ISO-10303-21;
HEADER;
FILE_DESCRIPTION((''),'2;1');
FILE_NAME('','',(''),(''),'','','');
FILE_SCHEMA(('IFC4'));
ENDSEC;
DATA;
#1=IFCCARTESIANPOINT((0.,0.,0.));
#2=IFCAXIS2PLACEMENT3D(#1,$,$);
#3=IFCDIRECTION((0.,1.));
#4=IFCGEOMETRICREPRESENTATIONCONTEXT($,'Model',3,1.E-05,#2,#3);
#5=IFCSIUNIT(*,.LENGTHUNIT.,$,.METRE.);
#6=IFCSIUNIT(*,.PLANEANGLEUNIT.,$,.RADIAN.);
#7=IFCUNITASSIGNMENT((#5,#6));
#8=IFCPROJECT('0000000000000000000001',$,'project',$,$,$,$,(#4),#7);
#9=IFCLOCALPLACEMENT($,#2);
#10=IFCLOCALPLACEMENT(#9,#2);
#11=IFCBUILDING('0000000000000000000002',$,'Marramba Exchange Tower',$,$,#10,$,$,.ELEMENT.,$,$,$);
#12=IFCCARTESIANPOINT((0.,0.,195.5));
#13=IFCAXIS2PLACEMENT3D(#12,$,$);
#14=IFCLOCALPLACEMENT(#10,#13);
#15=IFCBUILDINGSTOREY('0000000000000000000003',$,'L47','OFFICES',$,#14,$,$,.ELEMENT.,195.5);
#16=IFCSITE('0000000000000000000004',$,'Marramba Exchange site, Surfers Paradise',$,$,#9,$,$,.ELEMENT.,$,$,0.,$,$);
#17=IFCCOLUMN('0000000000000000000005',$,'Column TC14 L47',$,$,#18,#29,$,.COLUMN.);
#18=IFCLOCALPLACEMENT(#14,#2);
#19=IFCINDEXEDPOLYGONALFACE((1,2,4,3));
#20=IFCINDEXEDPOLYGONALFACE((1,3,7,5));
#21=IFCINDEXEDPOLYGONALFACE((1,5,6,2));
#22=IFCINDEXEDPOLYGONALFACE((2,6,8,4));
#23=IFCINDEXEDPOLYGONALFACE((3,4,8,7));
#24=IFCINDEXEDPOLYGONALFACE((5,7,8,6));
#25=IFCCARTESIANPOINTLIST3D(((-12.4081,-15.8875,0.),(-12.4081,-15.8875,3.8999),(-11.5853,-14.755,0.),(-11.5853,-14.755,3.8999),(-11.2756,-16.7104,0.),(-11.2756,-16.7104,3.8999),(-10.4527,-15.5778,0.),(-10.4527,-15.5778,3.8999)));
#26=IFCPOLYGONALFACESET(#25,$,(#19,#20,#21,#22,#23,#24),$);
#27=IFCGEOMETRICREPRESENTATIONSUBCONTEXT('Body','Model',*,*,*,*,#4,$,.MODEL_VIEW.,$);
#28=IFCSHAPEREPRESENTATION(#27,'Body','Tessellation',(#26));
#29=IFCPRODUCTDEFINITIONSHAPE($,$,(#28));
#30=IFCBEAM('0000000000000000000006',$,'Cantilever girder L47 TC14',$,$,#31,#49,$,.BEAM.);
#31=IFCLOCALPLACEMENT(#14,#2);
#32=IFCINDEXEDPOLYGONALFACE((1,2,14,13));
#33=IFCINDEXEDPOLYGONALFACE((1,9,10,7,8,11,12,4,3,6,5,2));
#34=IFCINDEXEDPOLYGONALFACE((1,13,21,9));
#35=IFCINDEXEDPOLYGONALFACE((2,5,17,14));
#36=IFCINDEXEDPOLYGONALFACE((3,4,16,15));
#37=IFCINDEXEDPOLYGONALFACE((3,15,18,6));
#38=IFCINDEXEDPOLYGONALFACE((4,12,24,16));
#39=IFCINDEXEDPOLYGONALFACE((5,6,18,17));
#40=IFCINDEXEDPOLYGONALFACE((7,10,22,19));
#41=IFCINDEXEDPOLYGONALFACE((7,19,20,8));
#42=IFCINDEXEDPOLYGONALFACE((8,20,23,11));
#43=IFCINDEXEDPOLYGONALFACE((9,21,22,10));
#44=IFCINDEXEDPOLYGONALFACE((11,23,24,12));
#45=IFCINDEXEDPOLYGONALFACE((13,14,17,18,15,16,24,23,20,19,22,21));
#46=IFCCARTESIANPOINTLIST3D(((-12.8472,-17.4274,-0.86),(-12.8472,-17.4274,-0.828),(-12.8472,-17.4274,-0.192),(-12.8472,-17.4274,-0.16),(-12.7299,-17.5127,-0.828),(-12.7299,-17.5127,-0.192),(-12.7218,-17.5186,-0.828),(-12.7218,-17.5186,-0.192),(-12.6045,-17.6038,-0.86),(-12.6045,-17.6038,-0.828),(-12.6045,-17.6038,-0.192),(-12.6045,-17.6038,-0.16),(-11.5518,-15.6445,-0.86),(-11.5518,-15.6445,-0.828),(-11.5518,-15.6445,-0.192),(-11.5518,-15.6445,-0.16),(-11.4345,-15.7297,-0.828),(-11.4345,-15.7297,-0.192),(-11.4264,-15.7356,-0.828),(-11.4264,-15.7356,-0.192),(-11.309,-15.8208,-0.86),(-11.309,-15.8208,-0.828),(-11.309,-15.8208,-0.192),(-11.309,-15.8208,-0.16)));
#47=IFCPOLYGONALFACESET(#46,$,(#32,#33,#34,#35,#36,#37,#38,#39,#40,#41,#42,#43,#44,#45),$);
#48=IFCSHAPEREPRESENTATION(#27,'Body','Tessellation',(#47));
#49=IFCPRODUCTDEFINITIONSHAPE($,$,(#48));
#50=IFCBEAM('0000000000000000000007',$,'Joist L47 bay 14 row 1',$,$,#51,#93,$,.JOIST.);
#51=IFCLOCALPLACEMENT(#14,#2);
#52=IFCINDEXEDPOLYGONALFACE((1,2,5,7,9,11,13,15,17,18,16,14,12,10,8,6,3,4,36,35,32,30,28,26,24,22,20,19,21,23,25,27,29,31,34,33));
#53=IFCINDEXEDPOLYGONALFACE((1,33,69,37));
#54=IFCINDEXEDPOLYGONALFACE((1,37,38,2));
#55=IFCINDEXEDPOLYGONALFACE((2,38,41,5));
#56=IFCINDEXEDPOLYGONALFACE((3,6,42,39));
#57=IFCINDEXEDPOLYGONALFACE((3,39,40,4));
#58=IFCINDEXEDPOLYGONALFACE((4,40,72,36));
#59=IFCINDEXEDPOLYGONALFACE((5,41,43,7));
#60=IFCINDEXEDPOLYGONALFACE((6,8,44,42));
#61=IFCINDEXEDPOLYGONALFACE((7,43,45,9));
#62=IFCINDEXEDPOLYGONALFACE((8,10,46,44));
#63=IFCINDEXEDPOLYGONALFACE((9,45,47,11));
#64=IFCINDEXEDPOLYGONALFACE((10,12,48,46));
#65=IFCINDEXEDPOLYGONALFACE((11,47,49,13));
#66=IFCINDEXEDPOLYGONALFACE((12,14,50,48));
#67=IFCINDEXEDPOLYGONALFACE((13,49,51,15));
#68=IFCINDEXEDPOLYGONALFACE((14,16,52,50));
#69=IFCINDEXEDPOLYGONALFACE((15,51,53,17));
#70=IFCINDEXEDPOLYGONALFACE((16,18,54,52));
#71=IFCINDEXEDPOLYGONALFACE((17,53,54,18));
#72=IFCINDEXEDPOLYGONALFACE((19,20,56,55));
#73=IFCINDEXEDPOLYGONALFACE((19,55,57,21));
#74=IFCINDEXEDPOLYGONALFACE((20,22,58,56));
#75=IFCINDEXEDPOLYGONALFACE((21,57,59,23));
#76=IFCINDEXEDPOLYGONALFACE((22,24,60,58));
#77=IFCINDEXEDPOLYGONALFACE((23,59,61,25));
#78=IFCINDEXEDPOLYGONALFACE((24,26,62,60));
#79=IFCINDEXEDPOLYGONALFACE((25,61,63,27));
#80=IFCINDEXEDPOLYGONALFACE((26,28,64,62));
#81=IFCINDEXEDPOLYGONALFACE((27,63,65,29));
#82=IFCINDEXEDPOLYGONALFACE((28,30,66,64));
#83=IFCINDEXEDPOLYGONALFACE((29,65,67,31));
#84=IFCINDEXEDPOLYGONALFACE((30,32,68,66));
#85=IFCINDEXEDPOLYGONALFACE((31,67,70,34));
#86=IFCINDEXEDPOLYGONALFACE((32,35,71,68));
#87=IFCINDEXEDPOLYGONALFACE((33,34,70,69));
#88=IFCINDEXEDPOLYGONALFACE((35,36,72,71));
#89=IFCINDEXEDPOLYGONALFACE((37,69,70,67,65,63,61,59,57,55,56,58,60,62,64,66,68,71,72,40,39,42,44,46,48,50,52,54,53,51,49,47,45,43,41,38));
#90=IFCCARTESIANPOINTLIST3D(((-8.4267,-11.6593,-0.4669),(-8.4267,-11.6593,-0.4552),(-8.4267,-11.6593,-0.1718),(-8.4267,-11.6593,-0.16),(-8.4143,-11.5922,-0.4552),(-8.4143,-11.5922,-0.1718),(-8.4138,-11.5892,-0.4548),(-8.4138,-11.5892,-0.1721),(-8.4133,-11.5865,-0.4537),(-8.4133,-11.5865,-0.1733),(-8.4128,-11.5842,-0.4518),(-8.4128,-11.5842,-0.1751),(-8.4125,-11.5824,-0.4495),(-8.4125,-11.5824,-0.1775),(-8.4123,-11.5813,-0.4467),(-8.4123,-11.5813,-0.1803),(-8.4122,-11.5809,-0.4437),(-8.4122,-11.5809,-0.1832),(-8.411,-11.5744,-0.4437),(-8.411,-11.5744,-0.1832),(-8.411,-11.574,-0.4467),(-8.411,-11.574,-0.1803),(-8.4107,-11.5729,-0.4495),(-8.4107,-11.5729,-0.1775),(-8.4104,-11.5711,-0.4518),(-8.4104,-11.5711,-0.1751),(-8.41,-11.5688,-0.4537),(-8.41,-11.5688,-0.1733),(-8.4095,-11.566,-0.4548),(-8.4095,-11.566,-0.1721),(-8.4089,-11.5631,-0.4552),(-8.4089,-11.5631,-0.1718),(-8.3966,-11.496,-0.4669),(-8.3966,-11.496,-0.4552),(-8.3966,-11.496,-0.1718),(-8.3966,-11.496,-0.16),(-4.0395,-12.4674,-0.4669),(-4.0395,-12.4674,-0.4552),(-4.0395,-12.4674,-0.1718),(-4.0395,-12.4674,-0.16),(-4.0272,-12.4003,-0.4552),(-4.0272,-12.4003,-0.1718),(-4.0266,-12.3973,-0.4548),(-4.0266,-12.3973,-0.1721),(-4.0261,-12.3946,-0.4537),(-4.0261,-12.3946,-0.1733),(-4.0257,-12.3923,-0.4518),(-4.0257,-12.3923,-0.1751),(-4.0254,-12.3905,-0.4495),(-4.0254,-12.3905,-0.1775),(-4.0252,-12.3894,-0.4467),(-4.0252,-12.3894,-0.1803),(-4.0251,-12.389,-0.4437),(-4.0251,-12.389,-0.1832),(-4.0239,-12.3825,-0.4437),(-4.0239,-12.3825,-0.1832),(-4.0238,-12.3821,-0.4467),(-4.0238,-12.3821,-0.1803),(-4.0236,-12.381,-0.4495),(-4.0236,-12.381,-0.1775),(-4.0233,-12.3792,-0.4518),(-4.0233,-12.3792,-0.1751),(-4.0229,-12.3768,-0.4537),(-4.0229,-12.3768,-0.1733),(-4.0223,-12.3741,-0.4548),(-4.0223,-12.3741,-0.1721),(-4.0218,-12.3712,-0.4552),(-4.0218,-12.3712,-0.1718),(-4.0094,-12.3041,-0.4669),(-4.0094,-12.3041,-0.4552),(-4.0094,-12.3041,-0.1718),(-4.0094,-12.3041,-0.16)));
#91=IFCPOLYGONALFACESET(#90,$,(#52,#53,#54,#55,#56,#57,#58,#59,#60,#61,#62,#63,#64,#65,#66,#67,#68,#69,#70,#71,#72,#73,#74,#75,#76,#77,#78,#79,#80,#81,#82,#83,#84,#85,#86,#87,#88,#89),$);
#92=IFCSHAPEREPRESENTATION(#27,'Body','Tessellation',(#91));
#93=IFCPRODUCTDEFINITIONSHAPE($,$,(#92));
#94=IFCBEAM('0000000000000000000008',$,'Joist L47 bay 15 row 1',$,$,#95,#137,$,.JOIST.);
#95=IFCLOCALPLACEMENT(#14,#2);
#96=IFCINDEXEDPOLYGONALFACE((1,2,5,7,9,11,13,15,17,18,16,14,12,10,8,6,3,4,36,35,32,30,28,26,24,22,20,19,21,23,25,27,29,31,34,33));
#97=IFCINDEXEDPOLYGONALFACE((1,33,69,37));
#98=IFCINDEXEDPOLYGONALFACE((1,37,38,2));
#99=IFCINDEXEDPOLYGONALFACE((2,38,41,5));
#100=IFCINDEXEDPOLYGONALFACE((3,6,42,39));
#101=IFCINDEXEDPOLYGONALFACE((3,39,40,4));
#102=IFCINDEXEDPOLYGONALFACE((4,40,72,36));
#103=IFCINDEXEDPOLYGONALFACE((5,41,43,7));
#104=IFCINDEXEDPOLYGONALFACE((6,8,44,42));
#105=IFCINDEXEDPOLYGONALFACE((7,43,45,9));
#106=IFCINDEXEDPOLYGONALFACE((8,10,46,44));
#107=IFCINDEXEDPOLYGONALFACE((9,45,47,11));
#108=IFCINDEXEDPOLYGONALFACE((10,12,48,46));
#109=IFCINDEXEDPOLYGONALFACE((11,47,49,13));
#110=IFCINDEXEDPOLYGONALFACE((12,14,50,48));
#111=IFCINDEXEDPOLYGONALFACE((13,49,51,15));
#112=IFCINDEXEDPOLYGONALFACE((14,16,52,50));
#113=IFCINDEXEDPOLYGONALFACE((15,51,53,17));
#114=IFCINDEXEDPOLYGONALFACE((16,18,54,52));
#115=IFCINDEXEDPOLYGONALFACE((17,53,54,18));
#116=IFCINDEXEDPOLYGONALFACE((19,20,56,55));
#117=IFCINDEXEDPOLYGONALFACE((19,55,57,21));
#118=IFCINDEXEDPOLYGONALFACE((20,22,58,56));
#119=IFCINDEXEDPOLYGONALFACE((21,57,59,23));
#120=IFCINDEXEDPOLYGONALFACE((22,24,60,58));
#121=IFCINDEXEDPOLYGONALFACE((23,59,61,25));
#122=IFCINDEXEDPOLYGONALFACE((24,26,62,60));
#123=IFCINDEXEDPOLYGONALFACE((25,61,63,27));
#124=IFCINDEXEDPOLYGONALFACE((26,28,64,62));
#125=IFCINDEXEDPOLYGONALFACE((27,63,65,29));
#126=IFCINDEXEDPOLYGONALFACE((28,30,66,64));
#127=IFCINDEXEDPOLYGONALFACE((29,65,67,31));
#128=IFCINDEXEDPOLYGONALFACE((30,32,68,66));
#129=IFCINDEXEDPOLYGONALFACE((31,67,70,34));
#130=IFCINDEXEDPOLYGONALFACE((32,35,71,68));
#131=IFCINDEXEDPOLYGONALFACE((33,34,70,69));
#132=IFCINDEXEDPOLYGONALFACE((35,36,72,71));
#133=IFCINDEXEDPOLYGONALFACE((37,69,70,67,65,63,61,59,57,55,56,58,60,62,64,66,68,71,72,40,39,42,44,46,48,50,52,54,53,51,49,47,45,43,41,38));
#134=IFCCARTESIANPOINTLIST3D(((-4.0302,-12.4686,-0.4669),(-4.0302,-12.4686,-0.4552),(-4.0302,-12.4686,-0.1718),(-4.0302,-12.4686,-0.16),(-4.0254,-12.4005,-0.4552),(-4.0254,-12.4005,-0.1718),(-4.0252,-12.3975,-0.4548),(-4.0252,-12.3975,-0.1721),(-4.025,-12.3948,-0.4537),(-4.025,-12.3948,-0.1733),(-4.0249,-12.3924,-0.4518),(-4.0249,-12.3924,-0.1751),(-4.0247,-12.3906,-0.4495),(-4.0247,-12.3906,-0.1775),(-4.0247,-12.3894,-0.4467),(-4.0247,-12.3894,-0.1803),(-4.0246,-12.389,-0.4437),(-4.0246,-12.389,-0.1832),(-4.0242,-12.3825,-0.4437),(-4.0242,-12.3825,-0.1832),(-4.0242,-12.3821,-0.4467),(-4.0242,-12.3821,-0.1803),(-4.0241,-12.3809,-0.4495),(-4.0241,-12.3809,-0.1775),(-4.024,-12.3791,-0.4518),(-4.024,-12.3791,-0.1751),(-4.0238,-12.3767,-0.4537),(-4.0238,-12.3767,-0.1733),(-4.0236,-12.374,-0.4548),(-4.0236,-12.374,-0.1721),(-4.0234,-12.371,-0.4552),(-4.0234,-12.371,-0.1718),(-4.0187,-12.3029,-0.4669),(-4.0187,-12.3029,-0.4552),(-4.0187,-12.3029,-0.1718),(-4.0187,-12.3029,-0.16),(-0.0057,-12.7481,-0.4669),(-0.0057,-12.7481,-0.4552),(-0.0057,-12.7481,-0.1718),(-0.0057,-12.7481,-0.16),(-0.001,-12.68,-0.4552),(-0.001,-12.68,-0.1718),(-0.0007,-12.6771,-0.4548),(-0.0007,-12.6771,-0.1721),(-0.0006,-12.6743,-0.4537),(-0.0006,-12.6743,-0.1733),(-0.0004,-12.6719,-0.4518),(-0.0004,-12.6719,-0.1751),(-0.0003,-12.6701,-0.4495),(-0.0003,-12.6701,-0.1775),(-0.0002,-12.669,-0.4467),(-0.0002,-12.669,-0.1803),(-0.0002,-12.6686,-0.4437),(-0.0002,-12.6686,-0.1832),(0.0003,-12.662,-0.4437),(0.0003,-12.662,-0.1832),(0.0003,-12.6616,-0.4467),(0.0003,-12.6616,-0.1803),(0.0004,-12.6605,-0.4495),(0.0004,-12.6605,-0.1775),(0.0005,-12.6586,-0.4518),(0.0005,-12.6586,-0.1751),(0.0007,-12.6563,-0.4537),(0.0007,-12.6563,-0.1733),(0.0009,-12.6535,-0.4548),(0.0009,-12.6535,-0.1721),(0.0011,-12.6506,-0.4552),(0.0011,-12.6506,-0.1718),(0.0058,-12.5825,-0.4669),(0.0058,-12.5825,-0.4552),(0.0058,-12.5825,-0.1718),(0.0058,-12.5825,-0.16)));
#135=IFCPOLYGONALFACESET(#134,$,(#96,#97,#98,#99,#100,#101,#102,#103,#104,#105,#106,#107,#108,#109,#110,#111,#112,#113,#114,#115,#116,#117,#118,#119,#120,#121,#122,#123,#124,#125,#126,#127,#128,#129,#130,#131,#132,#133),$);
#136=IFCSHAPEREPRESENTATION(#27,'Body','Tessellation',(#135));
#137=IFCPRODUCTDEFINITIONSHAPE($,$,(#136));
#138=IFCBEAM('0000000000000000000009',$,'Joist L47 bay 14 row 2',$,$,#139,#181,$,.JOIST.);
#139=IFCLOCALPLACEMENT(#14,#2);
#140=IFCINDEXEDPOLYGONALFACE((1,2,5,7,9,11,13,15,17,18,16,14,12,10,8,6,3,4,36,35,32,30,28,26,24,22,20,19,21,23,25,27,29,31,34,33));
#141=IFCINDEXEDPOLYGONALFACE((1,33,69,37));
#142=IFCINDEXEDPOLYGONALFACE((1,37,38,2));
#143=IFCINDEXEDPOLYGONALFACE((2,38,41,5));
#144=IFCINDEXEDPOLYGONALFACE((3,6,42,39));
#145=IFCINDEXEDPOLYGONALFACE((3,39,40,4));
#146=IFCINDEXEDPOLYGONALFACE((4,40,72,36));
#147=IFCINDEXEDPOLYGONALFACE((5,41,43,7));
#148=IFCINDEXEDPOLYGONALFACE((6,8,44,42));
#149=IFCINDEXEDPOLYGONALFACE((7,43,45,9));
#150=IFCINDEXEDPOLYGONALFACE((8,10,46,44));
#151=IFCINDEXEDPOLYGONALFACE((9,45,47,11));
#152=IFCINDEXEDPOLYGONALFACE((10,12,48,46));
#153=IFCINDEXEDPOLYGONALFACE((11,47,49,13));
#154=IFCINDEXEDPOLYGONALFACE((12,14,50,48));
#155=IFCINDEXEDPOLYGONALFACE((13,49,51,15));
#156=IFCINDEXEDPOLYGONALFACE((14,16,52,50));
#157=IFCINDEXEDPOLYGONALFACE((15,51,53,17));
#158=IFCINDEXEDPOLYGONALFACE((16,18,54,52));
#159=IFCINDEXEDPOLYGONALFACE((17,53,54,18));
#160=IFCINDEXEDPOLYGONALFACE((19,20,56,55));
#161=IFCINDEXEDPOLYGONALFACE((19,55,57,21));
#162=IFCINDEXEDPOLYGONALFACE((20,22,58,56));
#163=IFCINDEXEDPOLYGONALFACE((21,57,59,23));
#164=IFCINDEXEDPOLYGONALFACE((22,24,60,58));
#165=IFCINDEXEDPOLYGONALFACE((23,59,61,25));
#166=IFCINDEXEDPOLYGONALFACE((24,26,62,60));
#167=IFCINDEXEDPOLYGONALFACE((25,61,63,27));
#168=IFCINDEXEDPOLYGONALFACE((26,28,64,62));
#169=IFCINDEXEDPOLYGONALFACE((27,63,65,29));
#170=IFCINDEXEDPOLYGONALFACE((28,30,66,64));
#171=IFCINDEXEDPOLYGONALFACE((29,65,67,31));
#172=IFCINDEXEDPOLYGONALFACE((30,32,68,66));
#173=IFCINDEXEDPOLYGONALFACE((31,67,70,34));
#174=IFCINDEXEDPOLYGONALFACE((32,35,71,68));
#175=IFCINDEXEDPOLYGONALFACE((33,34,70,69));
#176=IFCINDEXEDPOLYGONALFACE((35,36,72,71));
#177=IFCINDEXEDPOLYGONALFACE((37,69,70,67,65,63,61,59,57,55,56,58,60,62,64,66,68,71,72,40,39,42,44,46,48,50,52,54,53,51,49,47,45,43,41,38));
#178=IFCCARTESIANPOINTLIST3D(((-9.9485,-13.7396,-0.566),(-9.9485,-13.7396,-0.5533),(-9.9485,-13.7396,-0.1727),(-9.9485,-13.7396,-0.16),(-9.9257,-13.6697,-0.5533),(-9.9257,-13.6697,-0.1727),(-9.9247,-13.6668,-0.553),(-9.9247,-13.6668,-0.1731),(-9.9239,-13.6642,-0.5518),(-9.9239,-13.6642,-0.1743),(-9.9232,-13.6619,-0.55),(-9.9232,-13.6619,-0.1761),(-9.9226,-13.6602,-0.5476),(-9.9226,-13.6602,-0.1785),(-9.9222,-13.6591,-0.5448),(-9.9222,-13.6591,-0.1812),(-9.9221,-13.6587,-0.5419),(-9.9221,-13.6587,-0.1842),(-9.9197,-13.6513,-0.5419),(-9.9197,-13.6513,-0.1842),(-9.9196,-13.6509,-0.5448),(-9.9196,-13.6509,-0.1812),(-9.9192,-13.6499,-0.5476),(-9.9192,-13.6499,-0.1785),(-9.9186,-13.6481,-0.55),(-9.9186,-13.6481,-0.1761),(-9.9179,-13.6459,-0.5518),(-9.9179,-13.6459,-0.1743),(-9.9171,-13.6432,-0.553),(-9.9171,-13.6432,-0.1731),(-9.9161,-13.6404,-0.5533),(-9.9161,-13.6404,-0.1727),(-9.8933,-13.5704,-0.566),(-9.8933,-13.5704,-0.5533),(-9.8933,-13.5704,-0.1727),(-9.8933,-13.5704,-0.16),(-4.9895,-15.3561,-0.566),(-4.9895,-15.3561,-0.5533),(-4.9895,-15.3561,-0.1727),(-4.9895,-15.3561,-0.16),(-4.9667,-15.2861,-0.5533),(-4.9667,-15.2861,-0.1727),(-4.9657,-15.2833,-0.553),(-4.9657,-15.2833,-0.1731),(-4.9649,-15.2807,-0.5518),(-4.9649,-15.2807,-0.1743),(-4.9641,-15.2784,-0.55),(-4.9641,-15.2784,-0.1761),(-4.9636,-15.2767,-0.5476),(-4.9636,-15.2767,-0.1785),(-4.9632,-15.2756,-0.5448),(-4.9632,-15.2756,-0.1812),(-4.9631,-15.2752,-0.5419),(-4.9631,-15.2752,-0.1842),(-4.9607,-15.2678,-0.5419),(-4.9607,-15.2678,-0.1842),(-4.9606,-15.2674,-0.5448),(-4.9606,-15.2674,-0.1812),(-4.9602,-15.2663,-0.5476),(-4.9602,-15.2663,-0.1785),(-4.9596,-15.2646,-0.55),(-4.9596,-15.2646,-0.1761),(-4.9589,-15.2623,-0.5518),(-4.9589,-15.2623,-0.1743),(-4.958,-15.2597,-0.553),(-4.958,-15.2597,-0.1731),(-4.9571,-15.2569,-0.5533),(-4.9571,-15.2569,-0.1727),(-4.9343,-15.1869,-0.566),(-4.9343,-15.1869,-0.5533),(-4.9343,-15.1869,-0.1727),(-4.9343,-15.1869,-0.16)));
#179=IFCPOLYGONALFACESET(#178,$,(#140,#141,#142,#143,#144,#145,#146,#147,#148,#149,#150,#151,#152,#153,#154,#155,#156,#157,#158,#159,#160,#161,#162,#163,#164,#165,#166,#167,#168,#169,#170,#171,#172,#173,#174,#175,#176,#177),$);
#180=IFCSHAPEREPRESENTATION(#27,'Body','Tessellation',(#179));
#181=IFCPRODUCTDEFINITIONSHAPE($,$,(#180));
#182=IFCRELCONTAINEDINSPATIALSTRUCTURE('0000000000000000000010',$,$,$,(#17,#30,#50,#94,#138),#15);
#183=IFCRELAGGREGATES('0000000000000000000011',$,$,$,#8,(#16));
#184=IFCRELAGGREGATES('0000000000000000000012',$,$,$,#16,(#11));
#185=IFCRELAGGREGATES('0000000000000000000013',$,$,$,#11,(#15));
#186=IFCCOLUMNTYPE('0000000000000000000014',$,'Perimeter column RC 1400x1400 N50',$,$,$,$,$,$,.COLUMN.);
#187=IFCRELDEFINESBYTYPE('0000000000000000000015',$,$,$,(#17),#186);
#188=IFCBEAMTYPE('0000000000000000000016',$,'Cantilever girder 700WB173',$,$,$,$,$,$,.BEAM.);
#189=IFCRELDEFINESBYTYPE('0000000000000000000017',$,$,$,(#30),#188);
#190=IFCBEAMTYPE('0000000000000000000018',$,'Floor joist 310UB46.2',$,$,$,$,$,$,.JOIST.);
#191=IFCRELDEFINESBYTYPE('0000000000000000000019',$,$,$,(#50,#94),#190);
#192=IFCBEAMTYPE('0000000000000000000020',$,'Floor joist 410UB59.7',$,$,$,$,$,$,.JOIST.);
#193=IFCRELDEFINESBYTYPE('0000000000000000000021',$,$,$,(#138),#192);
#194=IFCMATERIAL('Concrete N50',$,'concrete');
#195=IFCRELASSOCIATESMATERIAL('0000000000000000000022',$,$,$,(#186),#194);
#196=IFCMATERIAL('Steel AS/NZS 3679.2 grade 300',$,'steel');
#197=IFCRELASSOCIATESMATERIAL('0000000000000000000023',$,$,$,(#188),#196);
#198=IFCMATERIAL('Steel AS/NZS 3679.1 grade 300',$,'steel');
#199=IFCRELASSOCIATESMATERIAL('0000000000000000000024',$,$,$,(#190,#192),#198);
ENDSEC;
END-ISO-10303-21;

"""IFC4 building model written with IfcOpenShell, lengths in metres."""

from ifc_helpers import new_model, si_unit, direction, frame, origin, origin_2d, place, context, subcontext, project, spatial, rectangle, i_section, extrude, material, material_profile, profile_set, type_object, element, save


model = new_model("IFC4")

# Units and contexts
model_context = context("Model", 3, precision=1e-05, world=origin(), true_north=direction((0.0, 1.0)))
body_context = subcontext(model_context, "Body", "Model", "MODEL_VIEW")
ifc_project = project(units=[si_unit("LENGTHUNIT", "METRE"), si_unit("PLANEANGLEUNIT", "RADIAN")], contexts=[model_context])

# Site, building, storey
site_placement = place(None, origin())
site = spatial("IfcSite", under=ifc_project, at=site_placement, Name="Marramba Exchange site, Surfers Paradise", CompositionType="ELEMENT", RefElevation=0.0)
building_placement = place(site_placement, origin())
building = spatial("IfcBuilding", under=site, at=building_placement, Name="Marramba Exchange Tower", CompositionType="ELEMENT")
storey_placement = place(building_placement, frame((0.0, 0.0, 195.5)))
storey = spatial("IfcBuildingStorey", under=building, at=storey_placement, Name="L47", Description="OFFICES", CompositionType="ELEMENT", Elevation=195.5)

# Column
ifc_material_1 = material(Name="Concrete N50", Category="concrete")
ifc_material_profile_1 = material_profile(ifc_material_1, rectangle(XDim=1.3999, YDim=1.3999, at=origin_2d()), Name="RC 1400x1400")
ifc_profile_set_1 = profile_set([ifc_material_profile_1], Name="Concrete N50")
column_type = type_object("IfcColumnType", Name="Perimeter column RC 1400x1400 N50", PredefinedType="COLUMN", material=ifc_profile_set_1)
column_placement = place(storey_placement, frame((-11.4304, -15.7327, 0.0), z_axis=(0.0, 0.0, 1.0), x_axis=(-0.587785, -0.809017, 0.0)))
element("IfcColumn", 1, at=column_placement, inside=storey, type_object=column_type, Name="Column TC14 L47", PredefinedType="COLUMN", context=body_context, shape_type="SweptSolid", body=[
    extrude(rectangle(XDim=1.3999, YDim=1.3999, at=origin_2d()), origin(), (0.0, 0.0, 1.0), 3.8999),
])

# Beams
ifc_material_2 = material(Name="Steel AS/NZS 3679.2 grade 300", Category="steel")
ifc_material_profile_2 = material_profile(ifc_material_2, i_section(OverallWidth=0.3, OverallDepth=0.7, WebThickness=0.01, FlangeThickness=0.032, at=origin_2d()), Name="700WB173")
ifc_profile_set_2 = profile_set([ifc_material_profile_2], Name="Steel AS/NZS 3679.2 grade 300")
beam_type_1 = type_object("IfcBeamType", Name="Cantilever girder 700WB173", PredefinedType="BEAM", material=ifc_profile_set_2)
beam_1_placement = place(storey_placement, frame((-11.4304, -15.7327, -0.51), z_axis=(-0.58779, -0.809014, 0.0), x_axis=(0.809014, -0.58779, 0.0)))
element("IfcBeam", 2, at=beam_1_placement, inside=storey, type_object=beam_type_1, Name="Cantilever girder L47 TC14", PredefinedType="BEAM", context=body_context, shape_type="SweptSolid", body=[
    extrude(i_section(OverallWidth=0.3, OverallDepth=0.7, WebThickness=0.01, FlangeThickness=0.032, at=origin_2d()), origin(), (0.0, 0.0, 1.0), 2.2039),
])
ifc_material_3 = material(Name="Steel AS/NZS 3679.1 grade 300", Category="steel")
ifc_material_profile_3 = material_profile(ifc_material_3, i_section(OverallWidth=0.166, OverallDepth=0.3069, WebThickness=0.0066, FlangeThickness=0.0117, FilletRadius=0.0115, at=origin_2d()), Name="310UB46.2")
ifc_profile_set_3 = profile_set([ifc_material_profile_3], Name="Steel AS/NZS 3679.1 grade 300")
beam_type_2 = type_object("IfcBeamType", Name="Floor joist 310UB46.2", PredefinedType="JOIST", material=ifc_profile_set_3)
beam_2_placement = place(storey_placement, frame((-8.4116, -11.5776, -0.3135), z_axis=(0.983456, -0.181149, 0.0), x_axis=(0.181149, 0.983456, 0.0)))
element("IfcBeam", 3, at=beam_2_placement, inside=storey, type_object=beam_type_2, Name="Joist L47 bay 14 row 1", PredefinedType="JOIST", context=body_context, shape_type="SweptSolid", body=[
    extrude(i_section(OverallWidth=0.166, OverallDepth=0.3069, WebThickness=0.0066, FlangeThickness=0.0117, FilletRadius=0.0115, at=origin_2d()), origin(), (0.0, 0.0, 1.0), 4.4609),
])
beam_3_placement = place(storey_placement, frame((-4.0244, -12.3857, -0.3135), z_axis=(0.997596, -0.069294, 0.0), x_axis=(0.069294, 0.997596, 0.0)))
element("IfcBeam", 4, at=beam_3_placement, inside=storey, type_object=beam_type_2, Name="Joist L47 bay 15 row 1", PredefinedType="JOIST", context=body_context, shape_type="SweptSolid", body=[
    extrude(i_section(OverallWidth=0.166, OverallDepth=0.3069, WebThickness=0.0066, FlangeThickness=0.0117, FilletRadius=0.0115, at=origin_2d()), origin(), (0.0, 0.0, 1.0), 4.0342),
])
ifc_material_profile_4 = material_profile(ifc_material_3, i_section(OverallWidth=0.178, OverallDepth=0.406, WebThickness=0.0078, FlangeThickness=0.0127, FilletRadius=0.0115, at=origin_2d()), Name="410UB59.7")
ifc_profile_set_4 = profile_set([ifc_material_profile_4], Name="Steel AS/NZS 3679.1 grade 300")
beam_type_3 = type_object("IfcBeamType", Name="Floor joist 410UB59.7", PredefinedType="JOIST", material=ifc_profile_set_4)
beam_4_placement = place(storey_placement, frame((-9.9209, -13.655, -0.363), z_axis=(0.950764, -0.309916, 0.0), x_axis=(0.309916, 0.950764, 0.0)))
element("IfcBeam", 5, at=beam_4_placement, inside=storey, type_object=beam_type_3, Name="Joist L47 bay 14 row 2", PredefinedType="JOIST", context=body_context, shape_type="SweptSolid", body=[
    extrude(i_section(OverallWidth=0.178, OverallDepth=0.406, WebThickness=0.0078, FlangeThickness=0.0127, FilletRadius=0.0115, at=origin_2d()), origin(), (0.0, 0.0, 1.0), 5.2158),
])

save(model, "model.ifc")
